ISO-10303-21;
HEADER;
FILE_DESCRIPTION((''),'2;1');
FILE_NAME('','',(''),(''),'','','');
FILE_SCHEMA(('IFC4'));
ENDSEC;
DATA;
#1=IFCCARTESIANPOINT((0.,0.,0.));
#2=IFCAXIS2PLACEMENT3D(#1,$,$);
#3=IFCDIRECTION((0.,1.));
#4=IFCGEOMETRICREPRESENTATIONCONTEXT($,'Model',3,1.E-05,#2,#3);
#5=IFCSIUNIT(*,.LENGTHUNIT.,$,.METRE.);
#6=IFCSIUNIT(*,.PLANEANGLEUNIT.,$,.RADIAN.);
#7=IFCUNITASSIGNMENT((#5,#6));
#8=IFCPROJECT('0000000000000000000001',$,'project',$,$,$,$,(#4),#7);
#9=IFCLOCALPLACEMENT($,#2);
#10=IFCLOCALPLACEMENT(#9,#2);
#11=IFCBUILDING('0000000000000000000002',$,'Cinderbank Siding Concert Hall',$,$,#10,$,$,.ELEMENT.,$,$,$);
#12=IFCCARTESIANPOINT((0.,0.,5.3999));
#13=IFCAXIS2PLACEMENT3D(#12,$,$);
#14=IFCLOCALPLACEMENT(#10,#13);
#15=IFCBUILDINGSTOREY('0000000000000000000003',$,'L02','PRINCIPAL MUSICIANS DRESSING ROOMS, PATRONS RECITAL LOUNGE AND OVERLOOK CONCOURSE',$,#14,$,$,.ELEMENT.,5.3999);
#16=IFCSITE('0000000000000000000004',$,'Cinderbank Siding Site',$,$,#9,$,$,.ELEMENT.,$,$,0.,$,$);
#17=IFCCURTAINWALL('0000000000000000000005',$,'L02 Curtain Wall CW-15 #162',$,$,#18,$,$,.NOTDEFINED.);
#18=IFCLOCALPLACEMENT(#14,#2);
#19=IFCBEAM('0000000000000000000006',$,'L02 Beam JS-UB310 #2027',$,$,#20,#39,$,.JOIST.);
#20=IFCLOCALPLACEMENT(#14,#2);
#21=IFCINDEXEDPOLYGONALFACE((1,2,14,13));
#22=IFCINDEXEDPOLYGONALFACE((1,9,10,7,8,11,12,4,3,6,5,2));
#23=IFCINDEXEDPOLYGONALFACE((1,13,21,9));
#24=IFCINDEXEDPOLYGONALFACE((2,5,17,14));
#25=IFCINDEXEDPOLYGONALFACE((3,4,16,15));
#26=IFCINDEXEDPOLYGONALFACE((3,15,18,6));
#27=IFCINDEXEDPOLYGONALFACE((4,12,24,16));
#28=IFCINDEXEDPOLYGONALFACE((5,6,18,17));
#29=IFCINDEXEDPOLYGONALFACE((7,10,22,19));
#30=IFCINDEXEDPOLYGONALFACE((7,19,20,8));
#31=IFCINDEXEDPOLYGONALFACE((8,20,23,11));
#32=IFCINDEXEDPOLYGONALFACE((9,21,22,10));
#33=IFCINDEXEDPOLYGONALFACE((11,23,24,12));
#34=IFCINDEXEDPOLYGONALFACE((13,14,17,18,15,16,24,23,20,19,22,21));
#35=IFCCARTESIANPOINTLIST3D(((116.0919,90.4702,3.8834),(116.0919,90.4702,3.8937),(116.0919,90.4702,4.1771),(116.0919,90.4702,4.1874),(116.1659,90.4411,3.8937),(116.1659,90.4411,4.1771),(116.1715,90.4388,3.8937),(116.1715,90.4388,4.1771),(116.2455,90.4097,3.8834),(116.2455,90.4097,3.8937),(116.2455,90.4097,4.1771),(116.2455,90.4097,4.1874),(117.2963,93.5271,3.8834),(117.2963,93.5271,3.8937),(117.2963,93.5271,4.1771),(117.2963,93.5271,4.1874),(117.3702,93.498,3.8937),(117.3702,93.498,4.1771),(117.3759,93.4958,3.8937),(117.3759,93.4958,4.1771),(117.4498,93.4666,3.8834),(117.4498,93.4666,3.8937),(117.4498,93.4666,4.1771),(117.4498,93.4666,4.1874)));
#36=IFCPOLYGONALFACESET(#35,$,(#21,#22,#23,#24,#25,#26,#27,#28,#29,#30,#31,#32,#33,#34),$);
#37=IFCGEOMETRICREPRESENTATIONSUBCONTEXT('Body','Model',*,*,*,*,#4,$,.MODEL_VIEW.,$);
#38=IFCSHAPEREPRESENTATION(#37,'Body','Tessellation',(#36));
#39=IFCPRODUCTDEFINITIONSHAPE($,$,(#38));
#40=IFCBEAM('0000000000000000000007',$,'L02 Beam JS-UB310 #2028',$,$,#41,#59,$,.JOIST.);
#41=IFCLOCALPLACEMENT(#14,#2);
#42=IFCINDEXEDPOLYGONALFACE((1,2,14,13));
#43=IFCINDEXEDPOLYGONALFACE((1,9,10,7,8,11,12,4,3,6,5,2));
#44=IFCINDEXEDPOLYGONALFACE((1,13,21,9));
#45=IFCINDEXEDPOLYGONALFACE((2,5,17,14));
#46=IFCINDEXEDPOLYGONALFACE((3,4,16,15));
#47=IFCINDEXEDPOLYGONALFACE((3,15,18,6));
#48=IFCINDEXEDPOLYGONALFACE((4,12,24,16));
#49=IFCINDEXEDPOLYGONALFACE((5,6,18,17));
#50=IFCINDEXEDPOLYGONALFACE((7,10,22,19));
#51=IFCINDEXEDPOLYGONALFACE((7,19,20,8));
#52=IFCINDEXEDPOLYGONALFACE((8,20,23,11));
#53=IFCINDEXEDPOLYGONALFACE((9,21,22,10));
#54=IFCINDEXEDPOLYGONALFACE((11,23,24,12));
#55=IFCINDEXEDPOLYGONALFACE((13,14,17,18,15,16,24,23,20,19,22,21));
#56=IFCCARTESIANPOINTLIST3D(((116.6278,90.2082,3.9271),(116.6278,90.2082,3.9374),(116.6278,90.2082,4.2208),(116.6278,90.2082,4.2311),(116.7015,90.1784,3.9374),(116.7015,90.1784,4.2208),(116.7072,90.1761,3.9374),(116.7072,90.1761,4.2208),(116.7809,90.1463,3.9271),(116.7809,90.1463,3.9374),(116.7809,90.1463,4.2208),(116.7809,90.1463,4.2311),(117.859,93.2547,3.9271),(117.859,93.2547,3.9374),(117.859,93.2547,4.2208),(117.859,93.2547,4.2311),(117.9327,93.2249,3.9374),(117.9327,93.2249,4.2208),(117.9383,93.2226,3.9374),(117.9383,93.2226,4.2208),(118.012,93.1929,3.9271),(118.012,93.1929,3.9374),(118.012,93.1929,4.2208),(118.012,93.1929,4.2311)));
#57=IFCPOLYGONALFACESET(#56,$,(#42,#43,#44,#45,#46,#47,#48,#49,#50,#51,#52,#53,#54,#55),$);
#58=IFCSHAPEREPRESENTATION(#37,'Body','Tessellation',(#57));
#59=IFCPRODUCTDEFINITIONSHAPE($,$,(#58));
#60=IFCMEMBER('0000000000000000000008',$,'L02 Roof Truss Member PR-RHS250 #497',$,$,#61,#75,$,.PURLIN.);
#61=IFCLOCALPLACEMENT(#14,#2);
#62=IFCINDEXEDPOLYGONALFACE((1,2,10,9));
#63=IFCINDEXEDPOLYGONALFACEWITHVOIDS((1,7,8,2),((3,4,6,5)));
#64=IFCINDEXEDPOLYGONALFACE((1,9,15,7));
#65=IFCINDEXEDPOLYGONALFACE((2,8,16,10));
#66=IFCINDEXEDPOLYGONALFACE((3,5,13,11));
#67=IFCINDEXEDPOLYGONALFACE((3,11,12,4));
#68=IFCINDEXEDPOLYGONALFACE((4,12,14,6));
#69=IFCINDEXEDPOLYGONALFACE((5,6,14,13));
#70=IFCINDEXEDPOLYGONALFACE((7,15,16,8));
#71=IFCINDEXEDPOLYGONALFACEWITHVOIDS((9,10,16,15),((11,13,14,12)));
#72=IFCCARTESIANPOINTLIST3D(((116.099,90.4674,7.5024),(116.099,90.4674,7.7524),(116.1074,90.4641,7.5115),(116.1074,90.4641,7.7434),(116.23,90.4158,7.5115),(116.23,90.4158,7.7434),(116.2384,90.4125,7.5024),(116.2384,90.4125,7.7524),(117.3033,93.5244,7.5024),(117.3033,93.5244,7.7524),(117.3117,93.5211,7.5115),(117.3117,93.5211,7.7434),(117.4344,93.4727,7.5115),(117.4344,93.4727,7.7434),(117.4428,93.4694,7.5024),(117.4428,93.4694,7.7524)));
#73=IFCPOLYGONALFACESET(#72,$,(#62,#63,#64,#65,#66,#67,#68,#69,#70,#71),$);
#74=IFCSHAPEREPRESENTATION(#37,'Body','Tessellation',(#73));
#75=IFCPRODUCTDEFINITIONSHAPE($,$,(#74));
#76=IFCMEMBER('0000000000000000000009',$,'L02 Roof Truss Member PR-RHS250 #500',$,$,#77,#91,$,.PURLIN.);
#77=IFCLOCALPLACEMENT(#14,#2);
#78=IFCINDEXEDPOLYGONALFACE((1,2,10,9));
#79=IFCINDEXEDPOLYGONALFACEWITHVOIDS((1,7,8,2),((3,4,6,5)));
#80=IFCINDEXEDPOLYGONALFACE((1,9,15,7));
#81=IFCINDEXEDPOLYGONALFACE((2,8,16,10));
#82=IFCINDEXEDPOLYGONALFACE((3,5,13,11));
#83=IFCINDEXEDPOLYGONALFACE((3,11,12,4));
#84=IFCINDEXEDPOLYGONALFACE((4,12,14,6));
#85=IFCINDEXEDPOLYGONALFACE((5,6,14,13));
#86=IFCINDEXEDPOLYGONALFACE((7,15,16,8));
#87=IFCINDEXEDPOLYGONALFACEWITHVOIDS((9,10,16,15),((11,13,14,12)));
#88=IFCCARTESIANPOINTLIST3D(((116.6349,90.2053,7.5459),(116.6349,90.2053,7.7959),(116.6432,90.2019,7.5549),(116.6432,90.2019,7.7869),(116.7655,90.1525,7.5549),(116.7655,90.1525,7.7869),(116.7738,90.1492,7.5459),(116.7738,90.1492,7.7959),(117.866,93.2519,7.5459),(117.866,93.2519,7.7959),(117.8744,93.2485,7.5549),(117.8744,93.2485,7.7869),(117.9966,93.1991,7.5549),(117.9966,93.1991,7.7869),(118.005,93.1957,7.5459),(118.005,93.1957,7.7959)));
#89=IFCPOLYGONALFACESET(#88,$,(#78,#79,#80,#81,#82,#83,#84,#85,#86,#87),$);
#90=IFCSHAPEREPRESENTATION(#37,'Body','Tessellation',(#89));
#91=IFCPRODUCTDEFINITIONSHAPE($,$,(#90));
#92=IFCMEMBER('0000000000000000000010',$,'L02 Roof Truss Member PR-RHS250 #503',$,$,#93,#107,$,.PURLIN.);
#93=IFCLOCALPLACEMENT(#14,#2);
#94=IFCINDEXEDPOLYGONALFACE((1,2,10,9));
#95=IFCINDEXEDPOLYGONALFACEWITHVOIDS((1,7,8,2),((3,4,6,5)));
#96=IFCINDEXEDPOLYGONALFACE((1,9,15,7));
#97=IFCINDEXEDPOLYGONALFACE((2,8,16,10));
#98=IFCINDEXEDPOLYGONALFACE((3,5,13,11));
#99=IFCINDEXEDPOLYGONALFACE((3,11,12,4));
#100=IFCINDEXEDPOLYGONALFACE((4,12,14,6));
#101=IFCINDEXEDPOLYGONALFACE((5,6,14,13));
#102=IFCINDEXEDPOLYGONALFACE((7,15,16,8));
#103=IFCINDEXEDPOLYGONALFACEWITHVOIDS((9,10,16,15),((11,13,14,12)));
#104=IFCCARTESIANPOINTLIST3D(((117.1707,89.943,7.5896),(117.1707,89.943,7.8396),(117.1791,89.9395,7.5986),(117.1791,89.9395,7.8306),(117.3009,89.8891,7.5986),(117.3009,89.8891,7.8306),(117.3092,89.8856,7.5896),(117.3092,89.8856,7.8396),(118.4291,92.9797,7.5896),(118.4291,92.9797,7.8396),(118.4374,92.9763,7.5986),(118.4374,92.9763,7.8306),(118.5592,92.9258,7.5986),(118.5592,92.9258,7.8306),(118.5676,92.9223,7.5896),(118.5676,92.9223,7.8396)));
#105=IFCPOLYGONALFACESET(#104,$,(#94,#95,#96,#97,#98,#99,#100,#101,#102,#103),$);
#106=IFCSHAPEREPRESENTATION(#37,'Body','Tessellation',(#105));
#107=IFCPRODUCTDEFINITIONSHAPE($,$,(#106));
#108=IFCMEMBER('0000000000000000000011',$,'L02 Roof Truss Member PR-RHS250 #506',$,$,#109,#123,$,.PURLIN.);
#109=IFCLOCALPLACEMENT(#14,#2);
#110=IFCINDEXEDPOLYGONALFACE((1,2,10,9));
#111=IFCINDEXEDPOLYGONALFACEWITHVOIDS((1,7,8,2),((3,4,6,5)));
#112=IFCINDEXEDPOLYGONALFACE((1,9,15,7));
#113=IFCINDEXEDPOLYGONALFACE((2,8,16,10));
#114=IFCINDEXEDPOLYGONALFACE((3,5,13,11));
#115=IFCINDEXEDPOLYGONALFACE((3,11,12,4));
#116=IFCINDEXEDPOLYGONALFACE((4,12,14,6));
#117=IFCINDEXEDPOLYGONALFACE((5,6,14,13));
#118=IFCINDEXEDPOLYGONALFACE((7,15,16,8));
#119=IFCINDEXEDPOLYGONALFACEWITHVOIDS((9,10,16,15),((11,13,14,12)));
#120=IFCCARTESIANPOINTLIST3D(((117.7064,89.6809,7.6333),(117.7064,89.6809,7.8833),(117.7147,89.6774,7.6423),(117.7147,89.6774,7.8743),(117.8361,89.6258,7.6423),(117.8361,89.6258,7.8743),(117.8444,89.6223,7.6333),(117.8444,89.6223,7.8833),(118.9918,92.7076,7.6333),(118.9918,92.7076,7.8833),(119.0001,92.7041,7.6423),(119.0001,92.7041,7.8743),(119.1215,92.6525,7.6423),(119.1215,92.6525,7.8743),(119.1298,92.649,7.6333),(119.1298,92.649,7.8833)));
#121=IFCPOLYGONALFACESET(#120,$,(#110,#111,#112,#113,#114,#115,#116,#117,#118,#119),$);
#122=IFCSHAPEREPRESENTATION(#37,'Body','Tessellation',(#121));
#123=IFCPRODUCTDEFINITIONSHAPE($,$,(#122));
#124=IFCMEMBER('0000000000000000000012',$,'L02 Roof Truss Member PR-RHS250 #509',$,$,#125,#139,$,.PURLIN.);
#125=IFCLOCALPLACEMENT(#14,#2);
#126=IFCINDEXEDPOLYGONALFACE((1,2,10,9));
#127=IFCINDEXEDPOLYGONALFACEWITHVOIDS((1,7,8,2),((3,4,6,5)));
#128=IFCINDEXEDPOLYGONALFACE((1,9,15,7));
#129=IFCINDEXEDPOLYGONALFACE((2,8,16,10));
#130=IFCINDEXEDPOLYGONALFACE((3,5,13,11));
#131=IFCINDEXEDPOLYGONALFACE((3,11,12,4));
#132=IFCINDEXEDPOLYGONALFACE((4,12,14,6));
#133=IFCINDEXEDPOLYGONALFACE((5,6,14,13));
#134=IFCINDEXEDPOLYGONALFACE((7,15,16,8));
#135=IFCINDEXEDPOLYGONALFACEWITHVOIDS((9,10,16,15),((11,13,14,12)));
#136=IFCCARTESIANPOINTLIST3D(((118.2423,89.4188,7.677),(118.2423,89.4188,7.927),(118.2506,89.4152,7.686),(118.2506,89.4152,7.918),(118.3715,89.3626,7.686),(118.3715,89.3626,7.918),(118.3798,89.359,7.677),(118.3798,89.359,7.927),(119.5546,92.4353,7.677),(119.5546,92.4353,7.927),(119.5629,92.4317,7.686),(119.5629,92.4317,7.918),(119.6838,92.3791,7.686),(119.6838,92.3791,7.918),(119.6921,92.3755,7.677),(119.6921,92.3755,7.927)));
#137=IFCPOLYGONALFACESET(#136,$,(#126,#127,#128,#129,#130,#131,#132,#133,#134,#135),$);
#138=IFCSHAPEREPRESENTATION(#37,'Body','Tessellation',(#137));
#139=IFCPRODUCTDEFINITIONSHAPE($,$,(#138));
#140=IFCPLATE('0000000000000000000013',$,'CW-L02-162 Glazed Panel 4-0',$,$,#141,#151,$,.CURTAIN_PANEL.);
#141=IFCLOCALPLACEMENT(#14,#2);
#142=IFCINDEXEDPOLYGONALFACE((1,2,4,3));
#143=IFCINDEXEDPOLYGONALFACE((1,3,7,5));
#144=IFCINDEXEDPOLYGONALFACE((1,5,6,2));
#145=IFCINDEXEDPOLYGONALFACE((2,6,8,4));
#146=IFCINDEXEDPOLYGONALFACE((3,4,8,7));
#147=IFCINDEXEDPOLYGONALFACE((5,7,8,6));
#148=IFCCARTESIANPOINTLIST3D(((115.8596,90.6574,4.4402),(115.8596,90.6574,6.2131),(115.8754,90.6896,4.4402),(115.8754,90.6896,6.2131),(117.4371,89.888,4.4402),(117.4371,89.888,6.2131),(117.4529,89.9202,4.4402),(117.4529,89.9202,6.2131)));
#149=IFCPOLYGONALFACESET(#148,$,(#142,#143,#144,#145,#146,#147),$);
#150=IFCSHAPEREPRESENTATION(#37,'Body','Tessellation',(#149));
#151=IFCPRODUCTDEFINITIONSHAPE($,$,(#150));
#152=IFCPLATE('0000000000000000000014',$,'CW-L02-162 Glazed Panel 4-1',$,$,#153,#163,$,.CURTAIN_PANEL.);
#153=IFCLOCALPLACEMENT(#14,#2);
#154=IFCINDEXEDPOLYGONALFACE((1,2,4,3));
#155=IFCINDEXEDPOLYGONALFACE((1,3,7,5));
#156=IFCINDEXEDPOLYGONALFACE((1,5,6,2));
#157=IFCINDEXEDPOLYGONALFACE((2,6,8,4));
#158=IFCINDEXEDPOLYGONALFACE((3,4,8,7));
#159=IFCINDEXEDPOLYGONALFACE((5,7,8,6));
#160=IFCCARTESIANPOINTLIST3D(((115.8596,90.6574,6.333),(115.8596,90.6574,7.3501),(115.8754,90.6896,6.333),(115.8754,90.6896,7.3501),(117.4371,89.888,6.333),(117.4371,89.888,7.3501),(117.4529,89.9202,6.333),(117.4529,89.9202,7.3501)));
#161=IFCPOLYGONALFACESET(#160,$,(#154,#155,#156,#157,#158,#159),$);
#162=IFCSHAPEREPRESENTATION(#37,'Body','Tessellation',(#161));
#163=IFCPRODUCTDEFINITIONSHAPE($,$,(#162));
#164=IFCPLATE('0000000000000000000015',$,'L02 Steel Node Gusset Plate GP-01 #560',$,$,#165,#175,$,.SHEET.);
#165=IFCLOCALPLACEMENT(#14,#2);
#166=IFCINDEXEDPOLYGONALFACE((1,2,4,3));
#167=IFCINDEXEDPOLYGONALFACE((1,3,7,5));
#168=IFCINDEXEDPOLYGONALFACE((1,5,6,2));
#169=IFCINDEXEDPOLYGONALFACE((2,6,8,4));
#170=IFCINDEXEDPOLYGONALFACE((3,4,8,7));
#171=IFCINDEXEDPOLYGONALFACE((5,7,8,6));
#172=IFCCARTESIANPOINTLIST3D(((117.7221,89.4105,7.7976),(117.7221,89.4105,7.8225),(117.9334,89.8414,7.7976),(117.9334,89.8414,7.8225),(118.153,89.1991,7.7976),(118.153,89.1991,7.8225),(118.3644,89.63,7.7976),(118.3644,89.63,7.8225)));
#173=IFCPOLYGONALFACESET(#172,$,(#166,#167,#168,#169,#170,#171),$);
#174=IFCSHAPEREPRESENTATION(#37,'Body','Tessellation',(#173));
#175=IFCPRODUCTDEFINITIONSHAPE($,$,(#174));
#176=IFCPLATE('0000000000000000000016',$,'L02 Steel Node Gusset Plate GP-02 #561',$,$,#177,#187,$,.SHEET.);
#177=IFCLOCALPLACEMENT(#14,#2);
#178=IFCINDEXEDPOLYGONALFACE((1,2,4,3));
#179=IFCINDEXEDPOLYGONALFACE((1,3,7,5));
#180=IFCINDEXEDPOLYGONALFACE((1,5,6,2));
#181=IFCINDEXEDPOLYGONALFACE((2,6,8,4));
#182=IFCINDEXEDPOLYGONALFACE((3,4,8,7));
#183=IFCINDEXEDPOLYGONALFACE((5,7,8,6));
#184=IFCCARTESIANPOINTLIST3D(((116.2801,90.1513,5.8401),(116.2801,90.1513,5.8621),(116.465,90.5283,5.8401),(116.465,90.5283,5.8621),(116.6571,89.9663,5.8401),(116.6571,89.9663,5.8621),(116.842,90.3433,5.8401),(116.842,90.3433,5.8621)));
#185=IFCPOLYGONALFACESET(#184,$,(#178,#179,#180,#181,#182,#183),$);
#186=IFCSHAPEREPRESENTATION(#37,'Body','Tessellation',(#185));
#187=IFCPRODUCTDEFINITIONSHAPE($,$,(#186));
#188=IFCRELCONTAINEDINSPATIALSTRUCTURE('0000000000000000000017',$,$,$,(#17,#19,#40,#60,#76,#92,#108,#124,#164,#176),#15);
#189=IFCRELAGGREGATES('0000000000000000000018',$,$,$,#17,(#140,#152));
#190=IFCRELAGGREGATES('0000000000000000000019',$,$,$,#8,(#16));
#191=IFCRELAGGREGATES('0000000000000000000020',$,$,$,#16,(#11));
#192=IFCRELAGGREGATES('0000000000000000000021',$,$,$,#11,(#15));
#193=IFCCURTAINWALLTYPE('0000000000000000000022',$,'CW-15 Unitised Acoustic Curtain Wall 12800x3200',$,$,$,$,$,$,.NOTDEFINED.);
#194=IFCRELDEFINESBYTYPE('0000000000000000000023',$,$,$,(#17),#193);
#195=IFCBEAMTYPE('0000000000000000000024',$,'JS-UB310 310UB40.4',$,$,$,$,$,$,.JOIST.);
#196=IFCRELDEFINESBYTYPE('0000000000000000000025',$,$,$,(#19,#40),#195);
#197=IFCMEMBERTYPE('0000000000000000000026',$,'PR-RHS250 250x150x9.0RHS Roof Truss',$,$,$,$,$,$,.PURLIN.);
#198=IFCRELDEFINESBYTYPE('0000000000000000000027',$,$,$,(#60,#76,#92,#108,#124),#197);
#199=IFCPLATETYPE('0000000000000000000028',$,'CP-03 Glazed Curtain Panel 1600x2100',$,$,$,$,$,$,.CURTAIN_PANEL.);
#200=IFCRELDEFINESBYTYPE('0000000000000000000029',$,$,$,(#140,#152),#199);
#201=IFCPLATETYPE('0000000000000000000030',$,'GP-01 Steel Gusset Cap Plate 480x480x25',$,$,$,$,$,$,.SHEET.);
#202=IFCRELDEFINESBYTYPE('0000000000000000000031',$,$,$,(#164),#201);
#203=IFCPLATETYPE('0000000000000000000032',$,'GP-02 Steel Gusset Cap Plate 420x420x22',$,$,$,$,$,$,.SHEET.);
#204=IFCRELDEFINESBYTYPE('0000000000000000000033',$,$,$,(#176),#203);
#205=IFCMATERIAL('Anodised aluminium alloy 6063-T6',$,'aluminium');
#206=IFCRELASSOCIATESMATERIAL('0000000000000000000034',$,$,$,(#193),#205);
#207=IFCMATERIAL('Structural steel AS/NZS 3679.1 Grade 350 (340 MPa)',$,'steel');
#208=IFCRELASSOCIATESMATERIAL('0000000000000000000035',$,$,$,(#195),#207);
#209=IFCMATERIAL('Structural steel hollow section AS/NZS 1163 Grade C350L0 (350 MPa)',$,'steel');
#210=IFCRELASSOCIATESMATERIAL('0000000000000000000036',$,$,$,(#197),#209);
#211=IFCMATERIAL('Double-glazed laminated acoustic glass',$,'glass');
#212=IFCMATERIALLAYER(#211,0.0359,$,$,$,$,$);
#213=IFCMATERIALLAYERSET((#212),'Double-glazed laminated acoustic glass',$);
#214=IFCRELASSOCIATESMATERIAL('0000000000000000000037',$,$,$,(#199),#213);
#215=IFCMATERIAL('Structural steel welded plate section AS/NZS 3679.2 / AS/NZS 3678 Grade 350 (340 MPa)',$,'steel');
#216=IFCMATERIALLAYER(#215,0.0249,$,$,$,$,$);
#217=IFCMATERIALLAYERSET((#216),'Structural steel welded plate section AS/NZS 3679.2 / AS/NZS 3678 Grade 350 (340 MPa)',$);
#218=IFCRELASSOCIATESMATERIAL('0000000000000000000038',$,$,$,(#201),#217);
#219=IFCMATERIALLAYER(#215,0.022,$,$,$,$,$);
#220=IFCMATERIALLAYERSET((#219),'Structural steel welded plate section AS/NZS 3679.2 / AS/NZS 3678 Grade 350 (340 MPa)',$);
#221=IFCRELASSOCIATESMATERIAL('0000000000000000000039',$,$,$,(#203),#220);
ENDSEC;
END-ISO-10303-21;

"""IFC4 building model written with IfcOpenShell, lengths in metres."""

from ifc_helpers import new_model, si_unit, direction, frame, origin, origin_2d, place, context, subcontext, project, spatial, rectangle, hollow_rectangle, i_section, extrude, material, layer, layer_set, material_profile, profile_set, type_object, element, aggregate, save


model = new_model("IFC4")

# Units and contexts
model_context = context("Model", 3, precision=1e-05, world=origin(), true_north=direction((0.0, 1.0)))
body_context = subcontext(model_context, "Body", "Model", "MODEL_VIEW")
ifc_project = project(units=[si_unit("LENGTHUNIT", "METRE"), si_unit("PLANEANGLEUNIT", "RADIAN")], contexts=[model_context])

# Site, building, storey
site_placement = place(None, origin())
site = spatial("IfcSite", under=ifc_project, at=site_placement, Name="Cinderbank Siding Site", CompositionType="ELEMENT", RefElevation=0.0)
building_placement = place(site_placement, origin())
building = spatial("IfcBuilding", under=site, at=building_placement, Name="Cinderbank Siding Concert Hall", CompositionType="ELEMENT")
storey_placement = place(building_placement, frame((0.0, 0.0, 5.3999)))
storey = spatial("IfcBuildingStorey", under=building, at=storey_placement, Name="L02", Description="PRINCIPAL MUSICIANS DRESSING ROOMS, PATRONS RECITAL LOUNGE AND OVERLOOK CONCOURSE", CompositionType="ELEMENT", Elevation=5.3999)

# Shared definitions
ifc_material_1 = material(Name="Structural steel hollow section AS/NZS 1163 Grade C350L0 (350 MPa)", Category="steel")

# Curtain wall
ifc_material_2 = material(Name="Anodised aluminium alloy 6063-T6", Category="aluminium")
curtain_wall_type = type_object("IfcCurtainWallType", Name="CW-15 Unitised Acoustic Curtain Wall 12800x3200", PredefinedType="NOTDEFINED", material=ifc_material_2)
curtain_wall_placement = place(storey_placement, origin())
curtain_wall = element("IfcCurtainWall", 1, at=curtain_wall_placement, inside=storey, type_object=curtain_wall_type, Name="L02 Curtain Wall CW-15 #162", PredefinedType="NOTDEFINED")

# Beams
ifc_material_3 = material(Name="Structural steel AS/NZS 3679.1 Grade 350 (340 MPa)", Category="steel")
ifc_material_profile_1 = material_profile(ifc_material_3, i_section(OverallWidth=0.165, OverallDepth=0.304, WebThickness=0.0061, FlangeThickness=0.0103, at=origin_2d()), Name="310UB40.4", Category="LoadBearing")
ifc_profile_set_1 = profile_set([ifc_material_profile_1], Name="Structural steel AS/NZS 3679.1 Grade 350 (340 MPa)")
beam_type = type_object("IfcBeamType", Name="JS-UB310 310UB40.4", PredefinedType="JOIST", material=ifc_profile_set_1)
beam_1_placement = place(storey_placement, frame((116.1687, 90.4399, 4.0354), z_axis=(0.366556, 0.930396, 0.0), x_axis=(-0.930396, 0.366556, 0.0)))
element("IfcBeam", 2, at=beam_1_placement, inside=storey, type_object=beam_type, Name="L02 Beam JS-UB310 #2027", PredefinedType="JOIST", context=body_context, shape_type="SweptSolid", body=[
    extrude(i_section(OverallWidth=0.165, OverallDepth=0.304, WebThickness=0.0061, FlangeThickness=0.0103, at=origin_2d()), origin(), (0.0, 0.0, 1.0), 3.2856),
])
beam_2_placement = place(storey_placement, frame((116.7043, 90.1772, 4.0791), z_axis=(0.37468, 0.927154, 0.0), x_axis=(-0.927154, 0.37468, 0.0)))
element("IfcBeam", 3, at=beam_2_placement, inside=storey, type_object=beam_type, Name="L02 Beam JS-UB310 #2028", PredefinedType="JOIST", context=body_context, shape_type="SweptSolid", body=[
    extrude(i_section(OverallWidth=0.165, OverallDepth=0.304, WebThickness=0.0061, FlangeThickness=0.0103, at=origin_2d()), origin(), (0.0, 0.0, 1.0), 3.2859),
])

# Members
ifc_material_profile_2 = material_profile(ifc_material_1, hollow_rectangle(XDim=0.1499, YDim=0.25, WallThickness=0.009, at=origin_2d()), Name="250x150x9.0RHS", Category="LoadBearing")
ifc_profile_set_2 = profile_set([ifc_material_profile_2], Name="Structural steel hollow section AS/NZS 1163 Grade C350L0 (350 MPa)")
member_type_1 = type_object("IfcMemberType", Name="PR-RHS250 250x150x9.0RHS Roof Truss", PredefinedType="PURLIN", material=ifc_profile_set_2)
member_1_placement = place(storey_placement, frame((116.1687, 90.4399, 7.6274), z_axis=(0.366556, 0.930396, 0.0), x_axis=(-0.930396, 0.366556, 0.0)))
element("IfcMember", 4, at=member_1_placement, inside=storey, type_object=member_type_1, Name="L02 Roof Truss Member PR-RHS250 #497", PredefinedType="PURLIN", context=body_context, shape_type="SweptSolid", body=[
    extrude(hollow_rectangle(XDim=0.1499, YDim=0.25, WallThickness=0.009, at=origin_2d()), origin(), (0.0, 0.0, 1.0), 3.2856),
])
member_2_placement = place(storey_placement, frame((116.7043, 90.1772, 7.6709), z_axis=(0.37468, 0.927154, 0.0), x_axis=(-0.927154, 0.37468, 0.0)))
element("IfcMember", 5, at=member_2_placement, inside=storey, type_object=member_type_1, Name="L02 Roof Truss Member PR-RHS250 #500", PredefinedType="PURLIN", context=body_context, shape_type="SweptSolid", body=[
    extrude(hollow_rectangle(XDim=0.1499, YDim=0.25, WallThickness=0.009, at=origin_2d()), origin(), (0.0, 0.0, 1.0), 3.2859),
])
member_3_placement = place(storey_placement, frame((117.24, 89.9143, 7.7146), z_axis=(0.382811, 0.923827, 0.0), x_axis=(-0.923827, 0.382811, 0.0)))
element("IfcMember", 6, at=member_3_placement, inside=storey, type_object=member_type_1, Name="L02 Roof Truss Member PR-RHS250 #503", PredefinedType="PURLIN", context=body_context, shape_type="SweptSolid", body=[
    extrude(hollow_rectangle(XDim=0.1499, YDim=0.25, WallThickness=0.009, at=origin_2d()), origin(), (0.0, 0.0, 1.0), 3.2871),
])
member_4_placement = place(storey_placement, frame((117.7754, 89.6516, 7.7583), z_axis=(0.390906, 0.92043, 0.0), x_axis=(-0.92043, 0.390906, 0.0)))
element("IfcMember", 7, at=member_4_placement, inside=storey, type_object=member_type_1, Name="L02 Roof Truss Member PR-RHS250 #506", PredefinedType="PURLIN", context=body_context, shape_type="SweptSolid", body=[
    extrude(hollow_rectangle(XDim=0.1499, YDim=0.25, WallThickness=0.009, at=origin_2d()), origin(), (0.0, 0.0, 1.0), 3.2883),
])
member_5_placement = place(storey_placement, frame((118.311, 89.3889, 7.802), z_axis=(0.39893, 0.916982, 0.0), x_axis=(-0.916982, 0.39893, 0.0)))
element("IfcMember", 8, at=member_5_placement, inside=storey, type_object=member_type_1, Name="L02 Roof Truss Member PR-RHS250 #509", PredefinedType="PURLIN", context=body_context, shape_type="SweptSolid", body=[
    extrude(hollow_rectangle(XDim=0.1499, YDim=0.25, WallThickness=0.009, at=origin_2d()), origin(), (0.0, 0.0, 1.0), 3.2896),
])

# Plates
ifc_material_4 = material(Name="Double-glazed laminated acoustic glass", Category="glass")
ifc_layer_1 = layer(ifc_material_4, 0.0359)
ifc_layer_set_1 = layer_set([ifc_layer_1], Name="Double-glazed laminated acoustic glass")
plate_type_1 = type_object("IfcPlateType", Name="CP-03 Glazed Curtain Panel 1600x2100", PredefinedType="CURTAIN_PANEL", material=ifc_layer_set_1)
plate_1_placement = place(storey_placement, frame((116.6562, 90.2888, 4.4402), z_axis=(0.0, 0.0, 1.0), x_axis=(0.898794, -0.43837, 0.0)))
plate_1 = element("IfcPlate", 9, at=plate_1_placement, type_object=plate_type_1, Name="CW-L02-162 Glazed Panel 4-0", PredefinedType="CURTAIN_PANEL", context=body_context, shape_type="SweptSolid", body=[
    extrude(rectangle(XDim=1.7551, YDim=0.0359, at=origin_2d()), origin(), (0.0, 0.0, 1.0), 1.7729),
])
plate_2_placement = place(storey_placement, frame((116.6562, 90.2888, 6.333), z_axis=(0.0, 0.0, 1.0), x_axis=(0.898794, -0.43837, 0.0)))
plate_2 = element("IfcPlate", 10, at=plate_2_placement, type_object=plate_type_1, Name="CW-L02-162 Glazed Panel 4-1", PredefinedType="CURTAIN_PANEL", context=body_context, shape_type="SweptSolid", body=[
    extrude(rectangle(XDim=1.7551, YDim=0.0359, at=origin_2d()), origin(), (0.0, 0.0, 1.0), 1.0171),
])
aggregate(curtain_wall, [plate_1, plate_2])

# Plates
ifc_material_5 = material(Name="Structural steel welded plate section AS/NZS 3679.2 / AS/NZS 3678 Grade 350 (340 MPa)", Category="steel")
ifc_layer_2 = layer(ifc_material_5, 0.0249)
ifc_layer_set_2 = layer_set([ifc_layer_2], Name="Structural steel welded plate section AS/NZS 3679.2 / AS/NZS 3678 Grade 350 (340 MPa)")
plate_type_2 = type_object("IfcPlateType", Name="GP-01 Steel Gusset Cap Plate 480x480x25", PredefinedType="SHEET", material=ifc_layer_set_2)
plate_3_placement = place(storey_placement, frame((118.0432, 89.5203, 7.7976), z_axis=(0.0, 0.0, 1.0), x_axis=(0.897797, -0.440409, 0.0)))
element("IfcPlate", 11, at=plate_3_placement, inside=storey, type_object=plate_type_2, Name="L02 Steel Node Gusset Plate GP-01 #560", PredefinedType="SHEET", context=body_context, shape_type="SweptSolid", body=[
    extrude(rectangle(XDim=0.48, YDim=0.48, at=origin_2d()), origin(), (0.0, 0.0, 1.0), 0.0249),
])
ifc_layer_3 = layer(ifc_material_5, 0.022)
ifc_layer_set_3 = layer_set([ifc_layer_3], Name="Structural steel welded plate section AS/NZS 3679.2 / AS/NZS 3678 Grade 350 (340 MPa)")
plate_type_3 = type_object("IfcPlateType", Name="GP-02 Steel Gusset Cap Plate 420x420x22", PredefinedType="SHEET", material=ifc_layer_set_3)
for number, where, z_axis, x_axis, name in (
    (12, (116.561, 90.2473, 5.8401), (0.0, 0.0, 1.0), (0.897797, -0.440409, 0.0), "L02 Steel Node Gusset Plate GP-02 #561"),
):
    element("IfcPlate", number, at=place(storey_placement, frame(where, z_axis=z_axis, x_axis=x_axis)), inside=storey, type_object=plate_type_3, Name=name, PredefinedType="SHEET", context=body_context, shape_type="SweptSolid", body=[
        extrude(rectangle(XDim=0.4199, YDim=0.4199, at=origin_2d()), origin(), (0.0, 0.0, 1.0), 0.022),
    ])

save(model, "model.ifc")
